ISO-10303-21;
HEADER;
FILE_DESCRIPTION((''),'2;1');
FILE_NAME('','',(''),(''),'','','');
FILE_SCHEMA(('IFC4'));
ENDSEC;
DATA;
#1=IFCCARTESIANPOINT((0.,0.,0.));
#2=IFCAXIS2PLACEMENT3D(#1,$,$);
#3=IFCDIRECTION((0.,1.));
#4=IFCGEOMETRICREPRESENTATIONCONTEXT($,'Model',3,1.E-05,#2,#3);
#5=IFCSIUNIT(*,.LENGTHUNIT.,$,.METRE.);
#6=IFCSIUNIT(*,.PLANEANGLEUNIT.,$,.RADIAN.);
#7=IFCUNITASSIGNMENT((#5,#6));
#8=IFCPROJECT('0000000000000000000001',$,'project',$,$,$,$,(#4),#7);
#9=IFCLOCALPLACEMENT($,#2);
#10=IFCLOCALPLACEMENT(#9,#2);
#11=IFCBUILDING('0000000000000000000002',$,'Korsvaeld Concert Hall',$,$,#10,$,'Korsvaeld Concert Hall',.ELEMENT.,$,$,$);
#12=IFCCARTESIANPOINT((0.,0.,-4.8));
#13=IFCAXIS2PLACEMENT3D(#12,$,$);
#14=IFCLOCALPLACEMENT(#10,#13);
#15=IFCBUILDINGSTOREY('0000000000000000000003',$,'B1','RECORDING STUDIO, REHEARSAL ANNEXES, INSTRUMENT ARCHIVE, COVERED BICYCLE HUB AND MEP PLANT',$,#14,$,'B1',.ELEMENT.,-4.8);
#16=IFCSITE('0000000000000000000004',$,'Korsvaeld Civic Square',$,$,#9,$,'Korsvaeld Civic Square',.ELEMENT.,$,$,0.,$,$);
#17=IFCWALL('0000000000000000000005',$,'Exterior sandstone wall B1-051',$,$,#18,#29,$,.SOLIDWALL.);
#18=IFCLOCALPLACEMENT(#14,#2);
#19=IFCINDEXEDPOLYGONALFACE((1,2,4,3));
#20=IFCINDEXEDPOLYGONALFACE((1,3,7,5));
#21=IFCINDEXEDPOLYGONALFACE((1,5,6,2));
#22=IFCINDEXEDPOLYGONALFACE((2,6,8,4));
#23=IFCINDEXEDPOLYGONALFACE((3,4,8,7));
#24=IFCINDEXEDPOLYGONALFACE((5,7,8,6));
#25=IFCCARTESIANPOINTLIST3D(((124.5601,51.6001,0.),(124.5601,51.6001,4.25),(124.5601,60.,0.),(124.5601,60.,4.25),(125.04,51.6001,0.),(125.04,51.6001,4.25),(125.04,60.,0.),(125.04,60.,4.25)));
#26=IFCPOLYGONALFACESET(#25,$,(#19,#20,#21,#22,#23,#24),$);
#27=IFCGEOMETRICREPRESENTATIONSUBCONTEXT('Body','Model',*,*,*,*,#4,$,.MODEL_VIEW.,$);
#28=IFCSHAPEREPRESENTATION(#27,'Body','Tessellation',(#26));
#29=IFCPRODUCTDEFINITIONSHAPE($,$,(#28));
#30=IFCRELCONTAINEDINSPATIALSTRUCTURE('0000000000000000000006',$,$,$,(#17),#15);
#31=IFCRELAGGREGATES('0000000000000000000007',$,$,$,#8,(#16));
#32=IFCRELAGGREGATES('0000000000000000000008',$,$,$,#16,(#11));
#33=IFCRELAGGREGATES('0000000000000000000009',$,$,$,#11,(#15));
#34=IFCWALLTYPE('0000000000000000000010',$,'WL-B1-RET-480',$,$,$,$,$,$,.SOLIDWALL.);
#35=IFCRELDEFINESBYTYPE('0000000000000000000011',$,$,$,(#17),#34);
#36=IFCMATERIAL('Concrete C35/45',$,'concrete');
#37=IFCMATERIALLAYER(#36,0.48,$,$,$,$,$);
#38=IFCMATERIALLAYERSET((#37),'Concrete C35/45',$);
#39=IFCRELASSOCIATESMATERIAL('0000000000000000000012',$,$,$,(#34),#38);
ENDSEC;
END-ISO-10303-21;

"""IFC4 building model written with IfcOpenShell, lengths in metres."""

from ifc_helpers import new_model, si_unit, direction, frame, frame_2d, origin, place, context, subcontext, project, spatial, rectangle, extrude, material, layer, layer_set, type_object, element, save


model = new_model("IFC4")

# Units and contexts
model_context = context("Model", 3, precision=1e-05, world=origin(), true_north=direction((0.0, 1.0)))
body_context = subcontext(model_context, "Body", "Model", "MODEL_VIEW")
ifc_project = project(units=[si_unit("LENGTHUNIT", "METRE"), si_unit("PLANEANGLEUNIT", "RADIAN")], contexts=[model_context])

# Site, building, storey
site_placement = place(None, origin())
site = spatial("IfcSite", under=ifc_project, at=site_placement, Name="Korsvaeld Civic Square", LongName="Korsvaeld Civic Square", CompositionType="ELEMENT", RefElevation=0.0)
building_placement = place(site_placement, origin())
building = spatial("IfcBuilding", under=site, at=building_placement, Name="Korsvaeld Concert Hall", LongName="Korsvaeld Concert Hall", CompositionType="ELEMENT")
storey_placement = place(building_placement, frame((0.0, 0.0, -4.8)))
storey = spatial("IfcBuildingStorey", under=building, at=storey_placement, Name="B1", Description="RECORDING STUDIO, REHEARSAL ANNEXES, INSTRUMENT ARCHIVE, COVERED BICYCLE HUB AND MEP PLANT", LongName="B1", CompositionType="ELEMENT", Elevation=-4.8)

# Shared definitions
ifc_material_1 = material(Name="Concrete C35/45", Category="concrete")

# Wall
ifc_layer = layer(ifc_material_1, 0.48)
ifc_layer_set = layer_set([ifc_layer], Name="Concrete C35/45")
wall_type = type_object("IfcWallType", Name="WL-B1-RET-480", PredefinedType="SOLIDWALL", material=ifc_layer_set)
wall_placement = place(storey_placement, frame((124.8, 60.0, 0.0), z_axis=(0.0, 0.0, 1.0), x_axis=(0.0, -1.0, 0.0)))
element("IfcWall", 1, at=wall_placement, inside=storey, type_object=wall_type, Name="Exterior sandstone wall B1-051", PredefinedType="SOLIDWALL", context=body_context, shape_type="SweptSolid", body=[
    extrude(rectangle(XDim=8.3999, YDim=0.48, at=frame_2d((4.2, 0.0))), origin(), (0.0, 0.0, 1.0), 4.25),
])

save(model, "model.ifc")
